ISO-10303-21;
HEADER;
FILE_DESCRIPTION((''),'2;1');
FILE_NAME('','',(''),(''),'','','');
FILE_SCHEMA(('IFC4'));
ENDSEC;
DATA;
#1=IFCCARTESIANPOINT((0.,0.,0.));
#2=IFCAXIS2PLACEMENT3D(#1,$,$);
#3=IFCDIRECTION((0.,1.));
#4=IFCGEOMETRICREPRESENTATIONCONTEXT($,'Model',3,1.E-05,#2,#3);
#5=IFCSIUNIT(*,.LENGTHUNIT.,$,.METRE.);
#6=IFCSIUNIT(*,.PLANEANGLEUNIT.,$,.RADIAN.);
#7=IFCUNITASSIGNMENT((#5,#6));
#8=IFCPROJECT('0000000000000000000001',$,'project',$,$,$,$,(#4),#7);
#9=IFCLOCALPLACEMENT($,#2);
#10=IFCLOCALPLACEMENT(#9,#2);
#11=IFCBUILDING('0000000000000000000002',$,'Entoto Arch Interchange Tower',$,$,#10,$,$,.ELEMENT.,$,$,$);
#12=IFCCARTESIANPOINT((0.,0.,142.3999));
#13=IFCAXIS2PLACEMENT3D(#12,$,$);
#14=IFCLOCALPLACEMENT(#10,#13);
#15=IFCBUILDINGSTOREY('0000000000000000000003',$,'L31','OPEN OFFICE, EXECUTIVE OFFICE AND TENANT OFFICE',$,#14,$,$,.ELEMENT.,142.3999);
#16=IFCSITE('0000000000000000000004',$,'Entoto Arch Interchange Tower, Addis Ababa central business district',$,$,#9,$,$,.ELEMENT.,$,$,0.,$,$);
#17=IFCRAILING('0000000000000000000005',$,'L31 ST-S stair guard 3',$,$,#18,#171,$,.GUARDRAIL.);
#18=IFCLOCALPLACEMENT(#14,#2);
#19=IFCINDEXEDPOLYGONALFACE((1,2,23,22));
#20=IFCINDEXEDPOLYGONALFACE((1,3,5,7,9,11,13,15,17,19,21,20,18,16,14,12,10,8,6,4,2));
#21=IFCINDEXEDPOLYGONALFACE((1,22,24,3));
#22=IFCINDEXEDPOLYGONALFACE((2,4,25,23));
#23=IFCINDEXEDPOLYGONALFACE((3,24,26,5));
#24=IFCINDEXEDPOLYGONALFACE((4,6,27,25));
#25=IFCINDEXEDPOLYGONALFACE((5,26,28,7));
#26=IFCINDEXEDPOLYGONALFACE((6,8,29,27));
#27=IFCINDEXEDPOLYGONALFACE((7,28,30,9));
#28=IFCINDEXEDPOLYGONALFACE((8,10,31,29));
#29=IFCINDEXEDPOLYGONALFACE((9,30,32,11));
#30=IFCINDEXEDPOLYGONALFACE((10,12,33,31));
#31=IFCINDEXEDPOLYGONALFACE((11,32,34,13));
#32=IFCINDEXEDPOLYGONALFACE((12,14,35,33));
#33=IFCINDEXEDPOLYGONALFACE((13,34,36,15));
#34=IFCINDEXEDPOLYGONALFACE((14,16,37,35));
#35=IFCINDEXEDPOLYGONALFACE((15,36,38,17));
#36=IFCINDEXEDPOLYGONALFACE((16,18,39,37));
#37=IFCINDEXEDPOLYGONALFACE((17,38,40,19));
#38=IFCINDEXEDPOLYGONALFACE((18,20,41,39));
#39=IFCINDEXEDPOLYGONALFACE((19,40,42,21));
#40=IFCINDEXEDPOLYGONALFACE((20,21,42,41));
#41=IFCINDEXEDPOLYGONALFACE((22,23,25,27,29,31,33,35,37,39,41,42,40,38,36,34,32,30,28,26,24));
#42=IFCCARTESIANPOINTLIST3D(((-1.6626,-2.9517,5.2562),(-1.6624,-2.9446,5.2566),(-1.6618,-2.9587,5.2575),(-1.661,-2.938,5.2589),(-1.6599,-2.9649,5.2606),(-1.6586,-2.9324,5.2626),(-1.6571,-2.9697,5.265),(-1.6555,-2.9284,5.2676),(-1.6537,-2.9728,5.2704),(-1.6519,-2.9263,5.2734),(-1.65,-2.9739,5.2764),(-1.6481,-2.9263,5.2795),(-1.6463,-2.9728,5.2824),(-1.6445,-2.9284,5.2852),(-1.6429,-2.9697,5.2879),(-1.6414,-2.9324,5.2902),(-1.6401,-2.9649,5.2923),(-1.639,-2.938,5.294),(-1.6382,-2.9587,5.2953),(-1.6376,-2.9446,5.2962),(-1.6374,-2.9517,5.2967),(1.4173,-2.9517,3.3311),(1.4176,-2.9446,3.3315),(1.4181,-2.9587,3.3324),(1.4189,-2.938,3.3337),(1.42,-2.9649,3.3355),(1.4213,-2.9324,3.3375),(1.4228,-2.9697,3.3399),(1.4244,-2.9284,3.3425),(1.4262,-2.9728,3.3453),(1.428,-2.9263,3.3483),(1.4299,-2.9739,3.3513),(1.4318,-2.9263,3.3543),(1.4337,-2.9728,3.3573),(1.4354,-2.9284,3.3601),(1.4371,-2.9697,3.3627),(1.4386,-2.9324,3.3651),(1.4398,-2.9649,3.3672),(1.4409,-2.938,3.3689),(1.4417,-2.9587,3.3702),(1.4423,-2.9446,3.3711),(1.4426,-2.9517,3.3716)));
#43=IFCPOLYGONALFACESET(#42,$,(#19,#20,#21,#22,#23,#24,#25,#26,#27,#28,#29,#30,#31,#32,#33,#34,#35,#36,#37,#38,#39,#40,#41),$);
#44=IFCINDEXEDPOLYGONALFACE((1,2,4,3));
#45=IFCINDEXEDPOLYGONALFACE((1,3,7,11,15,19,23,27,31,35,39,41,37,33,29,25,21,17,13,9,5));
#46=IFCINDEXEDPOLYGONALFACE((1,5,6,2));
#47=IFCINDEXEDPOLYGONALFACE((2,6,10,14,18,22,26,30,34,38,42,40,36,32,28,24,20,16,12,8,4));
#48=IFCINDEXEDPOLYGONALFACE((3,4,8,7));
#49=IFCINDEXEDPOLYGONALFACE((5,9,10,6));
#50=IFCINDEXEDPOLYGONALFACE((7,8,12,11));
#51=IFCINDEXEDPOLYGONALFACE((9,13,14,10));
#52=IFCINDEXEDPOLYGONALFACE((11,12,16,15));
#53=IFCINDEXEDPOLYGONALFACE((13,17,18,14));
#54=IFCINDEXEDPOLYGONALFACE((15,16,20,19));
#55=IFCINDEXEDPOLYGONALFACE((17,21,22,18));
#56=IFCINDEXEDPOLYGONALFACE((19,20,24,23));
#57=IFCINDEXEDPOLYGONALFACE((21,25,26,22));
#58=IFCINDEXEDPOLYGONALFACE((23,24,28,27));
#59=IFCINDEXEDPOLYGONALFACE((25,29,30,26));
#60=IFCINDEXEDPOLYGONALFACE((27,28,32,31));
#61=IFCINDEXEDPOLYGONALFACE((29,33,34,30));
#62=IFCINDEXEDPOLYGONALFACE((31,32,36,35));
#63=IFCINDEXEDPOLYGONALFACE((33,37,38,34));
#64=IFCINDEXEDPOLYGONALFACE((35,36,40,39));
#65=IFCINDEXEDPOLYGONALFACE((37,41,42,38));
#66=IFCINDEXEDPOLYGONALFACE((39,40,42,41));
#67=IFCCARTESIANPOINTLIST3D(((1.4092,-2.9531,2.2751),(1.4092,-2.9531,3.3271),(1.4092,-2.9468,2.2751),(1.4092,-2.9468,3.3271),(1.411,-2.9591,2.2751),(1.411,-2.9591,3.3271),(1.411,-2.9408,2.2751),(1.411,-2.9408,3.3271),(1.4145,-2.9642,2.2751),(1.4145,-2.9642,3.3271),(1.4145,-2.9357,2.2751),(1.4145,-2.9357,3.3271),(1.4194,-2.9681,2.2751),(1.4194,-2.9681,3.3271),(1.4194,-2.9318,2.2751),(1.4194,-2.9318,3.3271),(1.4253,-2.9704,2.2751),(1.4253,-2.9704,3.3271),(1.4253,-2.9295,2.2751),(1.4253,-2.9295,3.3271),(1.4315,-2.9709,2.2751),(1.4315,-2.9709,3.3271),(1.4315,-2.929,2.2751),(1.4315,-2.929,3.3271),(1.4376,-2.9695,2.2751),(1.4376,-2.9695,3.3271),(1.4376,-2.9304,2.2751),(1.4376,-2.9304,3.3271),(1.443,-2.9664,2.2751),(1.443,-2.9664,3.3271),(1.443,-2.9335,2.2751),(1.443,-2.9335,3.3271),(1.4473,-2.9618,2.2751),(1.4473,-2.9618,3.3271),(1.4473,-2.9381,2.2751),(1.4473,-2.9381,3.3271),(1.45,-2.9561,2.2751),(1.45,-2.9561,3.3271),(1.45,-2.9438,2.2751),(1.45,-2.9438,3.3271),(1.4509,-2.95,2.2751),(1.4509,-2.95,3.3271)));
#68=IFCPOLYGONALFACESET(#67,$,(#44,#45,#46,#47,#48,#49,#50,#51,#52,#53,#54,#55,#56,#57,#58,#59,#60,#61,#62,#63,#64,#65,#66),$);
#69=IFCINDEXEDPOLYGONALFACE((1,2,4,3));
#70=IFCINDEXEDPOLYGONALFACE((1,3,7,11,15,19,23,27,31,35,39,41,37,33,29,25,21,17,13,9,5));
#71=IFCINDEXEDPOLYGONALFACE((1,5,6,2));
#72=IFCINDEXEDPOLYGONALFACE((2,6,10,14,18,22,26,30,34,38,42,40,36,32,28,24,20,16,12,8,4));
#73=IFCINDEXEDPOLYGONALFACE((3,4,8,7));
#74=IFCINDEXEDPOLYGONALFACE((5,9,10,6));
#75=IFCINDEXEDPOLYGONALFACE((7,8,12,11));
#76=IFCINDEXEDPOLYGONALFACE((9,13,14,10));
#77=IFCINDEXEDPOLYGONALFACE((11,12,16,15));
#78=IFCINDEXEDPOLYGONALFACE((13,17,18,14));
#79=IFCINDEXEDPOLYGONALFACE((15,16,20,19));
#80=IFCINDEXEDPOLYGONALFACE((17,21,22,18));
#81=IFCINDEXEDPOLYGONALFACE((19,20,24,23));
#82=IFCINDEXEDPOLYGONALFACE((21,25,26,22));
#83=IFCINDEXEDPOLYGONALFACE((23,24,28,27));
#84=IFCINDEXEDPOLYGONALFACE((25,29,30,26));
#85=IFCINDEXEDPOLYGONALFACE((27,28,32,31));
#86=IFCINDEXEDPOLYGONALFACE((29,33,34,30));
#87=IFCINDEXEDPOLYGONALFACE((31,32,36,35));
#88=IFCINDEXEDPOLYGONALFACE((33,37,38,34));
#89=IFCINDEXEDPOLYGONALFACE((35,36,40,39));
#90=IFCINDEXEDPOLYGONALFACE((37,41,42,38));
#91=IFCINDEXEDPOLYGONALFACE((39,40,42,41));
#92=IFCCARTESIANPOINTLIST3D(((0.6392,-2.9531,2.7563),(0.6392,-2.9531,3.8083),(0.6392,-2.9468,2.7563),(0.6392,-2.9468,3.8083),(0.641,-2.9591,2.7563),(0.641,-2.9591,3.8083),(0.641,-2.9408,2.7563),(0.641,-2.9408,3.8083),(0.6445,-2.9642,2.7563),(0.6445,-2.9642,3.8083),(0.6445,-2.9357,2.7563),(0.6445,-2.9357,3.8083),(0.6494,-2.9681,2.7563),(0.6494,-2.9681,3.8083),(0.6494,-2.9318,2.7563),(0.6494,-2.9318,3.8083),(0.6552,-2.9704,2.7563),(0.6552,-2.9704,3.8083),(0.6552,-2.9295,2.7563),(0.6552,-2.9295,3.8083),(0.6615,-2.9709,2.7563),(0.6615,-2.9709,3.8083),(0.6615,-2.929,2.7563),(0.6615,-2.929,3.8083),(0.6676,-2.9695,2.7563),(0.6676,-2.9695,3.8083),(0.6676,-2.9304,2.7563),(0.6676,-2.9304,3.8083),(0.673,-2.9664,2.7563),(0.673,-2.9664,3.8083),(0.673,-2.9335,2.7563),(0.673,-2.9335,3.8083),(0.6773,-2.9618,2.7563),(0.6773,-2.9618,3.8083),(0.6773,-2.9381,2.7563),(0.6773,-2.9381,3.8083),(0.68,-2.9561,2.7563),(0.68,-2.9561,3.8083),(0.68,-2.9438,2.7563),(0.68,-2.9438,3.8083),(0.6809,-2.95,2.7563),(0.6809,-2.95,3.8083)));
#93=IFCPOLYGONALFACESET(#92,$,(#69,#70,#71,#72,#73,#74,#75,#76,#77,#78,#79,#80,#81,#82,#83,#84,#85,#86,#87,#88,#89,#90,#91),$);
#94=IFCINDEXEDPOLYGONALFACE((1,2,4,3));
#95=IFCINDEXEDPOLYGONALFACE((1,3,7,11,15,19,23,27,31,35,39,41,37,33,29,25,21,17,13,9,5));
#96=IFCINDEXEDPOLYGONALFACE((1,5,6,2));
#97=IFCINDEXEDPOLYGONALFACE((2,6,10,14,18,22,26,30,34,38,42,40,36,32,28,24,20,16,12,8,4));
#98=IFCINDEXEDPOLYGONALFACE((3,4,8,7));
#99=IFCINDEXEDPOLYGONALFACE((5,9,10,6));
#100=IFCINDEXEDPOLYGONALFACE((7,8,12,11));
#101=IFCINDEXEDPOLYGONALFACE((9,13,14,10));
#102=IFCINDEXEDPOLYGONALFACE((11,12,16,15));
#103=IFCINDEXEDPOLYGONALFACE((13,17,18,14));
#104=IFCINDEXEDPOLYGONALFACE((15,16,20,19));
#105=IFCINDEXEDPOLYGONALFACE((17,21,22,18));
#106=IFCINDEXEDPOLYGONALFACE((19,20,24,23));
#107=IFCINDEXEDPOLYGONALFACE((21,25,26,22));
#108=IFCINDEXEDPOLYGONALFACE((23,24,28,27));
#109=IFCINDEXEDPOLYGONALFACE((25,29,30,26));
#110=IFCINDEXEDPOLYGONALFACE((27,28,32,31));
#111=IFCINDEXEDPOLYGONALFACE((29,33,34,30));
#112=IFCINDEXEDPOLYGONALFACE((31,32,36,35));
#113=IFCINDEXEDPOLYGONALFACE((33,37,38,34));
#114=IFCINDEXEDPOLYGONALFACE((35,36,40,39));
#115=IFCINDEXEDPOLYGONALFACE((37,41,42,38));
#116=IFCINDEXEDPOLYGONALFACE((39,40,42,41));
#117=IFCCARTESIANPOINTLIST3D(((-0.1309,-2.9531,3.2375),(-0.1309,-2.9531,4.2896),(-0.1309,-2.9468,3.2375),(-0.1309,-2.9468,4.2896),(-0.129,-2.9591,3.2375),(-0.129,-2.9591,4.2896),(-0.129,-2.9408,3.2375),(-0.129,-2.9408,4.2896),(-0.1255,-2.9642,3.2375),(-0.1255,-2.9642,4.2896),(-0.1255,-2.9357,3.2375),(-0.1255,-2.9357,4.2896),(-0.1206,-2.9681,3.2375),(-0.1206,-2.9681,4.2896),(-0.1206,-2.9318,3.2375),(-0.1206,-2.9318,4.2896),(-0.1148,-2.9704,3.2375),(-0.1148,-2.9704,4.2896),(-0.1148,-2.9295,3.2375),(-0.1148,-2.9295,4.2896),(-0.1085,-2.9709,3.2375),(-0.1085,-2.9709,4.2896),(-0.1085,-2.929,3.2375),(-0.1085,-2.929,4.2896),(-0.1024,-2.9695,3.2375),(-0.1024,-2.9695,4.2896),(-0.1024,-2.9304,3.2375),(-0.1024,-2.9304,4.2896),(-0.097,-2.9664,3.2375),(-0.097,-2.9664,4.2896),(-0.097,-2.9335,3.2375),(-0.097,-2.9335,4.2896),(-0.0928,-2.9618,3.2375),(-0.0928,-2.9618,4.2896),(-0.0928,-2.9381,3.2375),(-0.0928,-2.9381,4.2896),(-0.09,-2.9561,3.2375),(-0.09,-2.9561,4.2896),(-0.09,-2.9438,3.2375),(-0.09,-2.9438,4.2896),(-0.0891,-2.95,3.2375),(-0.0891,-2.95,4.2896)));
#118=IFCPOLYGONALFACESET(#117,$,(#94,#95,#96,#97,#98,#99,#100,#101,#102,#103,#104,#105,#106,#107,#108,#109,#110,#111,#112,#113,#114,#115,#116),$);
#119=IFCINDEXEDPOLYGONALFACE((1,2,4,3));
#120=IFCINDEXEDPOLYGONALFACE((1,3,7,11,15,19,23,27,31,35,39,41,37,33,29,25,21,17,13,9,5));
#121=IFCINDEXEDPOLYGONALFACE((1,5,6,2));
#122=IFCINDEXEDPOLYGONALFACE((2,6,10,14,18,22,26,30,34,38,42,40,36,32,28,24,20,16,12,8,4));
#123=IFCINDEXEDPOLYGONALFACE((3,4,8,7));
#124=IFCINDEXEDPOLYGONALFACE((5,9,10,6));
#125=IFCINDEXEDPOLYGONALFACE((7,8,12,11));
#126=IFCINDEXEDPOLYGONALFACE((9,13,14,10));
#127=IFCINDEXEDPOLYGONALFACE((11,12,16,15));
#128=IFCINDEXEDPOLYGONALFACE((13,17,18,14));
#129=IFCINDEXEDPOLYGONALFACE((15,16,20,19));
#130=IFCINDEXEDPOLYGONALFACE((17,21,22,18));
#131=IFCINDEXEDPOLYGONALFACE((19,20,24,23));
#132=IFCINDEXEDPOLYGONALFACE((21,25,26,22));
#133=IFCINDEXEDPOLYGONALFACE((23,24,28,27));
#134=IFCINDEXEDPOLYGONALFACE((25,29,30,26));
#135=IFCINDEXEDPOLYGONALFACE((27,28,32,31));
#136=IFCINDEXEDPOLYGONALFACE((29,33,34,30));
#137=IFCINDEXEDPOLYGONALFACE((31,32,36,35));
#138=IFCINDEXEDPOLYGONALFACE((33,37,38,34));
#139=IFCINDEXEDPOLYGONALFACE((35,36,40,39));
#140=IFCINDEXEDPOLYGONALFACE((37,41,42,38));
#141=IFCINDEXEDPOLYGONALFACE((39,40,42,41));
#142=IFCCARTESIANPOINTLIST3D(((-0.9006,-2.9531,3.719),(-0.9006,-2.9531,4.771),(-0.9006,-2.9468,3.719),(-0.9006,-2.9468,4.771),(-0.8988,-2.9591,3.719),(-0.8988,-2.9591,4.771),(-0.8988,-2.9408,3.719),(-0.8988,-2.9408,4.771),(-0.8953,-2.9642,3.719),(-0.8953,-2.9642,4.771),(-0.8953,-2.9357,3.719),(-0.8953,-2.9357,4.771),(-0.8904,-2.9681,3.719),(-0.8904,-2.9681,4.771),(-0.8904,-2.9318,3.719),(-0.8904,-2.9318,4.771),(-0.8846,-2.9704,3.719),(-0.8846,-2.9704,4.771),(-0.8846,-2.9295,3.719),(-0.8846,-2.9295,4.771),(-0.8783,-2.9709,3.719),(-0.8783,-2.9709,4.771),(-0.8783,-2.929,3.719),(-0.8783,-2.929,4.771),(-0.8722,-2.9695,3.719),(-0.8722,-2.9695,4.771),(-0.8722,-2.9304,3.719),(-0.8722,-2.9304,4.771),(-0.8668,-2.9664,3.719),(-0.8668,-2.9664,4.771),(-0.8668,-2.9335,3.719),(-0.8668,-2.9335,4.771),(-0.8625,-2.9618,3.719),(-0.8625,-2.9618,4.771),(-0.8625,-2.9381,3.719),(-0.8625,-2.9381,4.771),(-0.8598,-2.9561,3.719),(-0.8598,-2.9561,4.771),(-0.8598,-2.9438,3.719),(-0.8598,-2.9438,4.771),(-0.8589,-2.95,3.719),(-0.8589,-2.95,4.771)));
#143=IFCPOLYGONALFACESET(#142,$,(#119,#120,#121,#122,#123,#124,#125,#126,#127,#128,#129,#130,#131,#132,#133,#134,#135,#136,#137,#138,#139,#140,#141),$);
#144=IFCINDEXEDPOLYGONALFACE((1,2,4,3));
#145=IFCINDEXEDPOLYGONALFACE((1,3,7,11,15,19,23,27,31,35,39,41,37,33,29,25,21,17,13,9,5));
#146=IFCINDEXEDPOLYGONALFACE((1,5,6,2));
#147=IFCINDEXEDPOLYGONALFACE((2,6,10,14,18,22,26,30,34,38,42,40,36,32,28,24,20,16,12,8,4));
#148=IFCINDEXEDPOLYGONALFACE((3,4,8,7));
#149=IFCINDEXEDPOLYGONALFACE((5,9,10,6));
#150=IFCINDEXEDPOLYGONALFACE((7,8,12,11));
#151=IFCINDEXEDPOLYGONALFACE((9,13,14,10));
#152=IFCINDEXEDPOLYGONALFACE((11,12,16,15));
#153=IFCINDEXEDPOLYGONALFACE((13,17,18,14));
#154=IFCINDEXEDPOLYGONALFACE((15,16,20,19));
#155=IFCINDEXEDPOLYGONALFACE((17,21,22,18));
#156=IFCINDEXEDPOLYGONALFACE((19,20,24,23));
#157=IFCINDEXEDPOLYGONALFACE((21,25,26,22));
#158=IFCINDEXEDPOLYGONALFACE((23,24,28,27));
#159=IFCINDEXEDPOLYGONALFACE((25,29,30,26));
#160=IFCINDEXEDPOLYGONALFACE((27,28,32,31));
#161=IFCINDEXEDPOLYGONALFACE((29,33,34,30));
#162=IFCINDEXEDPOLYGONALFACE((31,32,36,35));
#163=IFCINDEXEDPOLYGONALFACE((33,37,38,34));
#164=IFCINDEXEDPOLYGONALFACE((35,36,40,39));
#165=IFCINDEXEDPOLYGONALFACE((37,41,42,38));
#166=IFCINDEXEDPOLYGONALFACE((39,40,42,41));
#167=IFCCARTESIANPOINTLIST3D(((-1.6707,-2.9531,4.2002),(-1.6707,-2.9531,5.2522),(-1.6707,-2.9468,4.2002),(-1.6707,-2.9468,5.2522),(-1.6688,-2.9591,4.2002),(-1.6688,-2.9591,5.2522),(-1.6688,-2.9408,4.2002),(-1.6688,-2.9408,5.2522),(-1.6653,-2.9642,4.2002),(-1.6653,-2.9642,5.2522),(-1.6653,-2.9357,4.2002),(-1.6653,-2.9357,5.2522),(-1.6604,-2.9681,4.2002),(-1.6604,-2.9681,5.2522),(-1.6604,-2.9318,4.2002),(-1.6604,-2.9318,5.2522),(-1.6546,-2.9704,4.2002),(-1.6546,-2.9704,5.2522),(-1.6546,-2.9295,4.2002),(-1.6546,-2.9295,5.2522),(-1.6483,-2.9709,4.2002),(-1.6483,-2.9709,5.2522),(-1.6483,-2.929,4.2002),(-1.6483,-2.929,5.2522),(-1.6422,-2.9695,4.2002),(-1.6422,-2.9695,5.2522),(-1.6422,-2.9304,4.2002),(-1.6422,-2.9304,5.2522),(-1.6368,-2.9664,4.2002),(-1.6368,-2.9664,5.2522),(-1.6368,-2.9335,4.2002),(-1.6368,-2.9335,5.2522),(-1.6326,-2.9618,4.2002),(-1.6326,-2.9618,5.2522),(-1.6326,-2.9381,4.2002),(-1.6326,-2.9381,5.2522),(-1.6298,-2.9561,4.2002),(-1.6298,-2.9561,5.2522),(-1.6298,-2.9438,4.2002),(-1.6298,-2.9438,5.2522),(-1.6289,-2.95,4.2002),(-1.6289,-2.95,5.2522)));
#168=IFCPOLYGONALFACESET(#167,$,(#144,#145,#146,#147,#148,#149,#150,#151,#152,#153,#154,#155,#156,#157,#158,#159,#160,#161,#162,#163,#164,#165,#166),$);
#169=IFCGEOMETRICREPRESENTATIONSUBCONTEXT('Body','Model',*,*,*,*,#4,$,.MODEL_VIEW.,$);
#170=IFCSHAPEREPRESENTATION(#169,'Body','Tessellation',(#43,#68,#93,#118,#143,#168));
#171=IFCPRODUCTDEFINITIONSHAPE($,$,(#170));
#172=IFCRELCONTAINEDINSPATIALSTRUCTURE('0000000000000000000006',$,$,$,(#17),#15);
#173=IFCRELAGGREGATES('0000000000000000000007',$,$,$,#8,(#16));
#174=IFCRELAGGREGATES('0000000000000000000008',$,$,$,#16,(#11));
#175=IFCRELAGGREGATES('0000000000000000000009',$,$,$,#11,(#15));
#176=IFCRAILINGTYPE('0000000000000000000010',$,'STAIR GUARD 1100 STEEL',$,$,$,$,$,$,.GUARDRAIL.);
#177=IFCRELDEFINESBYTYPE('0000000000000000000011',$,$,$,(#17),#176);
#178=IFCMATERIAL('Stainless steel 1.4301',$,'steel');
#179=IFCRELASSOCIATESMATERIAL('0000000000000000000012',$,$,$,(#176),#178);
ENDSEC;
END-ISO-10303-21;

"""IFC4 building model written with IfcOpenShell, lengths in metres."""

from ifc_helpers import new_model, si_unit, direction, frame, origin, origin_2d, place, context, subcontext, project, spatial, circle, extrude, material, type_object, element, save


model = new_model("IFC4")

# Units and contexts
model_context = context("Model", 3, precision=1e-05, world=origin(), true_north=direction((0.0, 1.0)))
body_context = subcontext(model_context, "Body", "Model", "MODEL_VIEW")
ifc_project = project(units=[si_unit("LENGTHUNIT", "METRE"), si_unit("PLANEANGLEUNIT", "RADIAN")], contexts=[model_context])

# Site, building, storey
site_placement = place(None, origin())
site = spatial("IfcSite", under=ifc_project, at=site_placement, Name="Entoto Arch Interchange Tower, Addis Ababa central business district", CompositionType="ELEMENT", RefElevation=0.0)
building_placement = place(site_placement, origin())
building = spatial("IfcBuilding", under=site, at=building_placement, Name="Entoto Arch Interchange Tower", CompositionType="ELEMENT")
storey_placement = place(building_placement, frame((0.0, 0.0, 142.3999)))
storey = spatial("IfcBuildingStorey", under=building, at=storey_placement, Name="L31", Description="OPEN OFFICE, EXECUTIVE OFFICE AND TENANT OFFICE", CompositionType="ELEMENT", Elevation=142.3999)

# Railing
ifc_material_1 = material(Name="Stainless steel 1.4301", Category="steel")
railing_type_1 = type_object("IfcRailingType", Name="STAIR GUARD 1100 STEEL", PredefinedType="GUARDRAIL", material=ifc_material_1)
railing_1_placement = place(storey_placement, frame((1.4299, -2.95, 2.2751)))
element("IfcRailing", 1, at=railing_1_placement, inside=storey, type_object=railing_type_1, Name="L31 ST-S stair guard 3", PredefinedType="GUARDRAIL", context=body_context, shape_type="SweptSolid", body=[
    extrude(circle(Radius=0.0239, at=origin_2d()), frame((0.0, 0.0, 1.0762), z_axis=(-0.847979, 0.0, 0.530029), x_axis=(0.0, -1.0, 0.0)), (0.0, 0.0, 1.0), 3.6321),
    extrude(circle(Radius=0.021, at=origin_2d()), origin(), (0.0, 0.0, 1.0), 1.052),
    extrude(circle(Radius=0.021, at=origin_2d()), frame((-0.77, 0.0, 0.4812)), (0.0, 0.0, 1.0), 1.052),
    extrude(circle(Radius=0.021, at=origin_2d()), frame((-1.54, 0.0, 0.9624)), (0.0, 0.0, 1.0), 1.052),
    extrude(circle(Radius=0.021, at=origin_2d()), frame((-2.3098, 0.0, 1.4438)), (0.0, 0.0, 1.0), 1.052),
    extrude(circle(Radius=0.021, at=origin_2d()), frame((-3.0798, 0.0, 1.925)), (0.0, 0.0, 1.0), 1.052),
])

save(model, "model.ifc")
